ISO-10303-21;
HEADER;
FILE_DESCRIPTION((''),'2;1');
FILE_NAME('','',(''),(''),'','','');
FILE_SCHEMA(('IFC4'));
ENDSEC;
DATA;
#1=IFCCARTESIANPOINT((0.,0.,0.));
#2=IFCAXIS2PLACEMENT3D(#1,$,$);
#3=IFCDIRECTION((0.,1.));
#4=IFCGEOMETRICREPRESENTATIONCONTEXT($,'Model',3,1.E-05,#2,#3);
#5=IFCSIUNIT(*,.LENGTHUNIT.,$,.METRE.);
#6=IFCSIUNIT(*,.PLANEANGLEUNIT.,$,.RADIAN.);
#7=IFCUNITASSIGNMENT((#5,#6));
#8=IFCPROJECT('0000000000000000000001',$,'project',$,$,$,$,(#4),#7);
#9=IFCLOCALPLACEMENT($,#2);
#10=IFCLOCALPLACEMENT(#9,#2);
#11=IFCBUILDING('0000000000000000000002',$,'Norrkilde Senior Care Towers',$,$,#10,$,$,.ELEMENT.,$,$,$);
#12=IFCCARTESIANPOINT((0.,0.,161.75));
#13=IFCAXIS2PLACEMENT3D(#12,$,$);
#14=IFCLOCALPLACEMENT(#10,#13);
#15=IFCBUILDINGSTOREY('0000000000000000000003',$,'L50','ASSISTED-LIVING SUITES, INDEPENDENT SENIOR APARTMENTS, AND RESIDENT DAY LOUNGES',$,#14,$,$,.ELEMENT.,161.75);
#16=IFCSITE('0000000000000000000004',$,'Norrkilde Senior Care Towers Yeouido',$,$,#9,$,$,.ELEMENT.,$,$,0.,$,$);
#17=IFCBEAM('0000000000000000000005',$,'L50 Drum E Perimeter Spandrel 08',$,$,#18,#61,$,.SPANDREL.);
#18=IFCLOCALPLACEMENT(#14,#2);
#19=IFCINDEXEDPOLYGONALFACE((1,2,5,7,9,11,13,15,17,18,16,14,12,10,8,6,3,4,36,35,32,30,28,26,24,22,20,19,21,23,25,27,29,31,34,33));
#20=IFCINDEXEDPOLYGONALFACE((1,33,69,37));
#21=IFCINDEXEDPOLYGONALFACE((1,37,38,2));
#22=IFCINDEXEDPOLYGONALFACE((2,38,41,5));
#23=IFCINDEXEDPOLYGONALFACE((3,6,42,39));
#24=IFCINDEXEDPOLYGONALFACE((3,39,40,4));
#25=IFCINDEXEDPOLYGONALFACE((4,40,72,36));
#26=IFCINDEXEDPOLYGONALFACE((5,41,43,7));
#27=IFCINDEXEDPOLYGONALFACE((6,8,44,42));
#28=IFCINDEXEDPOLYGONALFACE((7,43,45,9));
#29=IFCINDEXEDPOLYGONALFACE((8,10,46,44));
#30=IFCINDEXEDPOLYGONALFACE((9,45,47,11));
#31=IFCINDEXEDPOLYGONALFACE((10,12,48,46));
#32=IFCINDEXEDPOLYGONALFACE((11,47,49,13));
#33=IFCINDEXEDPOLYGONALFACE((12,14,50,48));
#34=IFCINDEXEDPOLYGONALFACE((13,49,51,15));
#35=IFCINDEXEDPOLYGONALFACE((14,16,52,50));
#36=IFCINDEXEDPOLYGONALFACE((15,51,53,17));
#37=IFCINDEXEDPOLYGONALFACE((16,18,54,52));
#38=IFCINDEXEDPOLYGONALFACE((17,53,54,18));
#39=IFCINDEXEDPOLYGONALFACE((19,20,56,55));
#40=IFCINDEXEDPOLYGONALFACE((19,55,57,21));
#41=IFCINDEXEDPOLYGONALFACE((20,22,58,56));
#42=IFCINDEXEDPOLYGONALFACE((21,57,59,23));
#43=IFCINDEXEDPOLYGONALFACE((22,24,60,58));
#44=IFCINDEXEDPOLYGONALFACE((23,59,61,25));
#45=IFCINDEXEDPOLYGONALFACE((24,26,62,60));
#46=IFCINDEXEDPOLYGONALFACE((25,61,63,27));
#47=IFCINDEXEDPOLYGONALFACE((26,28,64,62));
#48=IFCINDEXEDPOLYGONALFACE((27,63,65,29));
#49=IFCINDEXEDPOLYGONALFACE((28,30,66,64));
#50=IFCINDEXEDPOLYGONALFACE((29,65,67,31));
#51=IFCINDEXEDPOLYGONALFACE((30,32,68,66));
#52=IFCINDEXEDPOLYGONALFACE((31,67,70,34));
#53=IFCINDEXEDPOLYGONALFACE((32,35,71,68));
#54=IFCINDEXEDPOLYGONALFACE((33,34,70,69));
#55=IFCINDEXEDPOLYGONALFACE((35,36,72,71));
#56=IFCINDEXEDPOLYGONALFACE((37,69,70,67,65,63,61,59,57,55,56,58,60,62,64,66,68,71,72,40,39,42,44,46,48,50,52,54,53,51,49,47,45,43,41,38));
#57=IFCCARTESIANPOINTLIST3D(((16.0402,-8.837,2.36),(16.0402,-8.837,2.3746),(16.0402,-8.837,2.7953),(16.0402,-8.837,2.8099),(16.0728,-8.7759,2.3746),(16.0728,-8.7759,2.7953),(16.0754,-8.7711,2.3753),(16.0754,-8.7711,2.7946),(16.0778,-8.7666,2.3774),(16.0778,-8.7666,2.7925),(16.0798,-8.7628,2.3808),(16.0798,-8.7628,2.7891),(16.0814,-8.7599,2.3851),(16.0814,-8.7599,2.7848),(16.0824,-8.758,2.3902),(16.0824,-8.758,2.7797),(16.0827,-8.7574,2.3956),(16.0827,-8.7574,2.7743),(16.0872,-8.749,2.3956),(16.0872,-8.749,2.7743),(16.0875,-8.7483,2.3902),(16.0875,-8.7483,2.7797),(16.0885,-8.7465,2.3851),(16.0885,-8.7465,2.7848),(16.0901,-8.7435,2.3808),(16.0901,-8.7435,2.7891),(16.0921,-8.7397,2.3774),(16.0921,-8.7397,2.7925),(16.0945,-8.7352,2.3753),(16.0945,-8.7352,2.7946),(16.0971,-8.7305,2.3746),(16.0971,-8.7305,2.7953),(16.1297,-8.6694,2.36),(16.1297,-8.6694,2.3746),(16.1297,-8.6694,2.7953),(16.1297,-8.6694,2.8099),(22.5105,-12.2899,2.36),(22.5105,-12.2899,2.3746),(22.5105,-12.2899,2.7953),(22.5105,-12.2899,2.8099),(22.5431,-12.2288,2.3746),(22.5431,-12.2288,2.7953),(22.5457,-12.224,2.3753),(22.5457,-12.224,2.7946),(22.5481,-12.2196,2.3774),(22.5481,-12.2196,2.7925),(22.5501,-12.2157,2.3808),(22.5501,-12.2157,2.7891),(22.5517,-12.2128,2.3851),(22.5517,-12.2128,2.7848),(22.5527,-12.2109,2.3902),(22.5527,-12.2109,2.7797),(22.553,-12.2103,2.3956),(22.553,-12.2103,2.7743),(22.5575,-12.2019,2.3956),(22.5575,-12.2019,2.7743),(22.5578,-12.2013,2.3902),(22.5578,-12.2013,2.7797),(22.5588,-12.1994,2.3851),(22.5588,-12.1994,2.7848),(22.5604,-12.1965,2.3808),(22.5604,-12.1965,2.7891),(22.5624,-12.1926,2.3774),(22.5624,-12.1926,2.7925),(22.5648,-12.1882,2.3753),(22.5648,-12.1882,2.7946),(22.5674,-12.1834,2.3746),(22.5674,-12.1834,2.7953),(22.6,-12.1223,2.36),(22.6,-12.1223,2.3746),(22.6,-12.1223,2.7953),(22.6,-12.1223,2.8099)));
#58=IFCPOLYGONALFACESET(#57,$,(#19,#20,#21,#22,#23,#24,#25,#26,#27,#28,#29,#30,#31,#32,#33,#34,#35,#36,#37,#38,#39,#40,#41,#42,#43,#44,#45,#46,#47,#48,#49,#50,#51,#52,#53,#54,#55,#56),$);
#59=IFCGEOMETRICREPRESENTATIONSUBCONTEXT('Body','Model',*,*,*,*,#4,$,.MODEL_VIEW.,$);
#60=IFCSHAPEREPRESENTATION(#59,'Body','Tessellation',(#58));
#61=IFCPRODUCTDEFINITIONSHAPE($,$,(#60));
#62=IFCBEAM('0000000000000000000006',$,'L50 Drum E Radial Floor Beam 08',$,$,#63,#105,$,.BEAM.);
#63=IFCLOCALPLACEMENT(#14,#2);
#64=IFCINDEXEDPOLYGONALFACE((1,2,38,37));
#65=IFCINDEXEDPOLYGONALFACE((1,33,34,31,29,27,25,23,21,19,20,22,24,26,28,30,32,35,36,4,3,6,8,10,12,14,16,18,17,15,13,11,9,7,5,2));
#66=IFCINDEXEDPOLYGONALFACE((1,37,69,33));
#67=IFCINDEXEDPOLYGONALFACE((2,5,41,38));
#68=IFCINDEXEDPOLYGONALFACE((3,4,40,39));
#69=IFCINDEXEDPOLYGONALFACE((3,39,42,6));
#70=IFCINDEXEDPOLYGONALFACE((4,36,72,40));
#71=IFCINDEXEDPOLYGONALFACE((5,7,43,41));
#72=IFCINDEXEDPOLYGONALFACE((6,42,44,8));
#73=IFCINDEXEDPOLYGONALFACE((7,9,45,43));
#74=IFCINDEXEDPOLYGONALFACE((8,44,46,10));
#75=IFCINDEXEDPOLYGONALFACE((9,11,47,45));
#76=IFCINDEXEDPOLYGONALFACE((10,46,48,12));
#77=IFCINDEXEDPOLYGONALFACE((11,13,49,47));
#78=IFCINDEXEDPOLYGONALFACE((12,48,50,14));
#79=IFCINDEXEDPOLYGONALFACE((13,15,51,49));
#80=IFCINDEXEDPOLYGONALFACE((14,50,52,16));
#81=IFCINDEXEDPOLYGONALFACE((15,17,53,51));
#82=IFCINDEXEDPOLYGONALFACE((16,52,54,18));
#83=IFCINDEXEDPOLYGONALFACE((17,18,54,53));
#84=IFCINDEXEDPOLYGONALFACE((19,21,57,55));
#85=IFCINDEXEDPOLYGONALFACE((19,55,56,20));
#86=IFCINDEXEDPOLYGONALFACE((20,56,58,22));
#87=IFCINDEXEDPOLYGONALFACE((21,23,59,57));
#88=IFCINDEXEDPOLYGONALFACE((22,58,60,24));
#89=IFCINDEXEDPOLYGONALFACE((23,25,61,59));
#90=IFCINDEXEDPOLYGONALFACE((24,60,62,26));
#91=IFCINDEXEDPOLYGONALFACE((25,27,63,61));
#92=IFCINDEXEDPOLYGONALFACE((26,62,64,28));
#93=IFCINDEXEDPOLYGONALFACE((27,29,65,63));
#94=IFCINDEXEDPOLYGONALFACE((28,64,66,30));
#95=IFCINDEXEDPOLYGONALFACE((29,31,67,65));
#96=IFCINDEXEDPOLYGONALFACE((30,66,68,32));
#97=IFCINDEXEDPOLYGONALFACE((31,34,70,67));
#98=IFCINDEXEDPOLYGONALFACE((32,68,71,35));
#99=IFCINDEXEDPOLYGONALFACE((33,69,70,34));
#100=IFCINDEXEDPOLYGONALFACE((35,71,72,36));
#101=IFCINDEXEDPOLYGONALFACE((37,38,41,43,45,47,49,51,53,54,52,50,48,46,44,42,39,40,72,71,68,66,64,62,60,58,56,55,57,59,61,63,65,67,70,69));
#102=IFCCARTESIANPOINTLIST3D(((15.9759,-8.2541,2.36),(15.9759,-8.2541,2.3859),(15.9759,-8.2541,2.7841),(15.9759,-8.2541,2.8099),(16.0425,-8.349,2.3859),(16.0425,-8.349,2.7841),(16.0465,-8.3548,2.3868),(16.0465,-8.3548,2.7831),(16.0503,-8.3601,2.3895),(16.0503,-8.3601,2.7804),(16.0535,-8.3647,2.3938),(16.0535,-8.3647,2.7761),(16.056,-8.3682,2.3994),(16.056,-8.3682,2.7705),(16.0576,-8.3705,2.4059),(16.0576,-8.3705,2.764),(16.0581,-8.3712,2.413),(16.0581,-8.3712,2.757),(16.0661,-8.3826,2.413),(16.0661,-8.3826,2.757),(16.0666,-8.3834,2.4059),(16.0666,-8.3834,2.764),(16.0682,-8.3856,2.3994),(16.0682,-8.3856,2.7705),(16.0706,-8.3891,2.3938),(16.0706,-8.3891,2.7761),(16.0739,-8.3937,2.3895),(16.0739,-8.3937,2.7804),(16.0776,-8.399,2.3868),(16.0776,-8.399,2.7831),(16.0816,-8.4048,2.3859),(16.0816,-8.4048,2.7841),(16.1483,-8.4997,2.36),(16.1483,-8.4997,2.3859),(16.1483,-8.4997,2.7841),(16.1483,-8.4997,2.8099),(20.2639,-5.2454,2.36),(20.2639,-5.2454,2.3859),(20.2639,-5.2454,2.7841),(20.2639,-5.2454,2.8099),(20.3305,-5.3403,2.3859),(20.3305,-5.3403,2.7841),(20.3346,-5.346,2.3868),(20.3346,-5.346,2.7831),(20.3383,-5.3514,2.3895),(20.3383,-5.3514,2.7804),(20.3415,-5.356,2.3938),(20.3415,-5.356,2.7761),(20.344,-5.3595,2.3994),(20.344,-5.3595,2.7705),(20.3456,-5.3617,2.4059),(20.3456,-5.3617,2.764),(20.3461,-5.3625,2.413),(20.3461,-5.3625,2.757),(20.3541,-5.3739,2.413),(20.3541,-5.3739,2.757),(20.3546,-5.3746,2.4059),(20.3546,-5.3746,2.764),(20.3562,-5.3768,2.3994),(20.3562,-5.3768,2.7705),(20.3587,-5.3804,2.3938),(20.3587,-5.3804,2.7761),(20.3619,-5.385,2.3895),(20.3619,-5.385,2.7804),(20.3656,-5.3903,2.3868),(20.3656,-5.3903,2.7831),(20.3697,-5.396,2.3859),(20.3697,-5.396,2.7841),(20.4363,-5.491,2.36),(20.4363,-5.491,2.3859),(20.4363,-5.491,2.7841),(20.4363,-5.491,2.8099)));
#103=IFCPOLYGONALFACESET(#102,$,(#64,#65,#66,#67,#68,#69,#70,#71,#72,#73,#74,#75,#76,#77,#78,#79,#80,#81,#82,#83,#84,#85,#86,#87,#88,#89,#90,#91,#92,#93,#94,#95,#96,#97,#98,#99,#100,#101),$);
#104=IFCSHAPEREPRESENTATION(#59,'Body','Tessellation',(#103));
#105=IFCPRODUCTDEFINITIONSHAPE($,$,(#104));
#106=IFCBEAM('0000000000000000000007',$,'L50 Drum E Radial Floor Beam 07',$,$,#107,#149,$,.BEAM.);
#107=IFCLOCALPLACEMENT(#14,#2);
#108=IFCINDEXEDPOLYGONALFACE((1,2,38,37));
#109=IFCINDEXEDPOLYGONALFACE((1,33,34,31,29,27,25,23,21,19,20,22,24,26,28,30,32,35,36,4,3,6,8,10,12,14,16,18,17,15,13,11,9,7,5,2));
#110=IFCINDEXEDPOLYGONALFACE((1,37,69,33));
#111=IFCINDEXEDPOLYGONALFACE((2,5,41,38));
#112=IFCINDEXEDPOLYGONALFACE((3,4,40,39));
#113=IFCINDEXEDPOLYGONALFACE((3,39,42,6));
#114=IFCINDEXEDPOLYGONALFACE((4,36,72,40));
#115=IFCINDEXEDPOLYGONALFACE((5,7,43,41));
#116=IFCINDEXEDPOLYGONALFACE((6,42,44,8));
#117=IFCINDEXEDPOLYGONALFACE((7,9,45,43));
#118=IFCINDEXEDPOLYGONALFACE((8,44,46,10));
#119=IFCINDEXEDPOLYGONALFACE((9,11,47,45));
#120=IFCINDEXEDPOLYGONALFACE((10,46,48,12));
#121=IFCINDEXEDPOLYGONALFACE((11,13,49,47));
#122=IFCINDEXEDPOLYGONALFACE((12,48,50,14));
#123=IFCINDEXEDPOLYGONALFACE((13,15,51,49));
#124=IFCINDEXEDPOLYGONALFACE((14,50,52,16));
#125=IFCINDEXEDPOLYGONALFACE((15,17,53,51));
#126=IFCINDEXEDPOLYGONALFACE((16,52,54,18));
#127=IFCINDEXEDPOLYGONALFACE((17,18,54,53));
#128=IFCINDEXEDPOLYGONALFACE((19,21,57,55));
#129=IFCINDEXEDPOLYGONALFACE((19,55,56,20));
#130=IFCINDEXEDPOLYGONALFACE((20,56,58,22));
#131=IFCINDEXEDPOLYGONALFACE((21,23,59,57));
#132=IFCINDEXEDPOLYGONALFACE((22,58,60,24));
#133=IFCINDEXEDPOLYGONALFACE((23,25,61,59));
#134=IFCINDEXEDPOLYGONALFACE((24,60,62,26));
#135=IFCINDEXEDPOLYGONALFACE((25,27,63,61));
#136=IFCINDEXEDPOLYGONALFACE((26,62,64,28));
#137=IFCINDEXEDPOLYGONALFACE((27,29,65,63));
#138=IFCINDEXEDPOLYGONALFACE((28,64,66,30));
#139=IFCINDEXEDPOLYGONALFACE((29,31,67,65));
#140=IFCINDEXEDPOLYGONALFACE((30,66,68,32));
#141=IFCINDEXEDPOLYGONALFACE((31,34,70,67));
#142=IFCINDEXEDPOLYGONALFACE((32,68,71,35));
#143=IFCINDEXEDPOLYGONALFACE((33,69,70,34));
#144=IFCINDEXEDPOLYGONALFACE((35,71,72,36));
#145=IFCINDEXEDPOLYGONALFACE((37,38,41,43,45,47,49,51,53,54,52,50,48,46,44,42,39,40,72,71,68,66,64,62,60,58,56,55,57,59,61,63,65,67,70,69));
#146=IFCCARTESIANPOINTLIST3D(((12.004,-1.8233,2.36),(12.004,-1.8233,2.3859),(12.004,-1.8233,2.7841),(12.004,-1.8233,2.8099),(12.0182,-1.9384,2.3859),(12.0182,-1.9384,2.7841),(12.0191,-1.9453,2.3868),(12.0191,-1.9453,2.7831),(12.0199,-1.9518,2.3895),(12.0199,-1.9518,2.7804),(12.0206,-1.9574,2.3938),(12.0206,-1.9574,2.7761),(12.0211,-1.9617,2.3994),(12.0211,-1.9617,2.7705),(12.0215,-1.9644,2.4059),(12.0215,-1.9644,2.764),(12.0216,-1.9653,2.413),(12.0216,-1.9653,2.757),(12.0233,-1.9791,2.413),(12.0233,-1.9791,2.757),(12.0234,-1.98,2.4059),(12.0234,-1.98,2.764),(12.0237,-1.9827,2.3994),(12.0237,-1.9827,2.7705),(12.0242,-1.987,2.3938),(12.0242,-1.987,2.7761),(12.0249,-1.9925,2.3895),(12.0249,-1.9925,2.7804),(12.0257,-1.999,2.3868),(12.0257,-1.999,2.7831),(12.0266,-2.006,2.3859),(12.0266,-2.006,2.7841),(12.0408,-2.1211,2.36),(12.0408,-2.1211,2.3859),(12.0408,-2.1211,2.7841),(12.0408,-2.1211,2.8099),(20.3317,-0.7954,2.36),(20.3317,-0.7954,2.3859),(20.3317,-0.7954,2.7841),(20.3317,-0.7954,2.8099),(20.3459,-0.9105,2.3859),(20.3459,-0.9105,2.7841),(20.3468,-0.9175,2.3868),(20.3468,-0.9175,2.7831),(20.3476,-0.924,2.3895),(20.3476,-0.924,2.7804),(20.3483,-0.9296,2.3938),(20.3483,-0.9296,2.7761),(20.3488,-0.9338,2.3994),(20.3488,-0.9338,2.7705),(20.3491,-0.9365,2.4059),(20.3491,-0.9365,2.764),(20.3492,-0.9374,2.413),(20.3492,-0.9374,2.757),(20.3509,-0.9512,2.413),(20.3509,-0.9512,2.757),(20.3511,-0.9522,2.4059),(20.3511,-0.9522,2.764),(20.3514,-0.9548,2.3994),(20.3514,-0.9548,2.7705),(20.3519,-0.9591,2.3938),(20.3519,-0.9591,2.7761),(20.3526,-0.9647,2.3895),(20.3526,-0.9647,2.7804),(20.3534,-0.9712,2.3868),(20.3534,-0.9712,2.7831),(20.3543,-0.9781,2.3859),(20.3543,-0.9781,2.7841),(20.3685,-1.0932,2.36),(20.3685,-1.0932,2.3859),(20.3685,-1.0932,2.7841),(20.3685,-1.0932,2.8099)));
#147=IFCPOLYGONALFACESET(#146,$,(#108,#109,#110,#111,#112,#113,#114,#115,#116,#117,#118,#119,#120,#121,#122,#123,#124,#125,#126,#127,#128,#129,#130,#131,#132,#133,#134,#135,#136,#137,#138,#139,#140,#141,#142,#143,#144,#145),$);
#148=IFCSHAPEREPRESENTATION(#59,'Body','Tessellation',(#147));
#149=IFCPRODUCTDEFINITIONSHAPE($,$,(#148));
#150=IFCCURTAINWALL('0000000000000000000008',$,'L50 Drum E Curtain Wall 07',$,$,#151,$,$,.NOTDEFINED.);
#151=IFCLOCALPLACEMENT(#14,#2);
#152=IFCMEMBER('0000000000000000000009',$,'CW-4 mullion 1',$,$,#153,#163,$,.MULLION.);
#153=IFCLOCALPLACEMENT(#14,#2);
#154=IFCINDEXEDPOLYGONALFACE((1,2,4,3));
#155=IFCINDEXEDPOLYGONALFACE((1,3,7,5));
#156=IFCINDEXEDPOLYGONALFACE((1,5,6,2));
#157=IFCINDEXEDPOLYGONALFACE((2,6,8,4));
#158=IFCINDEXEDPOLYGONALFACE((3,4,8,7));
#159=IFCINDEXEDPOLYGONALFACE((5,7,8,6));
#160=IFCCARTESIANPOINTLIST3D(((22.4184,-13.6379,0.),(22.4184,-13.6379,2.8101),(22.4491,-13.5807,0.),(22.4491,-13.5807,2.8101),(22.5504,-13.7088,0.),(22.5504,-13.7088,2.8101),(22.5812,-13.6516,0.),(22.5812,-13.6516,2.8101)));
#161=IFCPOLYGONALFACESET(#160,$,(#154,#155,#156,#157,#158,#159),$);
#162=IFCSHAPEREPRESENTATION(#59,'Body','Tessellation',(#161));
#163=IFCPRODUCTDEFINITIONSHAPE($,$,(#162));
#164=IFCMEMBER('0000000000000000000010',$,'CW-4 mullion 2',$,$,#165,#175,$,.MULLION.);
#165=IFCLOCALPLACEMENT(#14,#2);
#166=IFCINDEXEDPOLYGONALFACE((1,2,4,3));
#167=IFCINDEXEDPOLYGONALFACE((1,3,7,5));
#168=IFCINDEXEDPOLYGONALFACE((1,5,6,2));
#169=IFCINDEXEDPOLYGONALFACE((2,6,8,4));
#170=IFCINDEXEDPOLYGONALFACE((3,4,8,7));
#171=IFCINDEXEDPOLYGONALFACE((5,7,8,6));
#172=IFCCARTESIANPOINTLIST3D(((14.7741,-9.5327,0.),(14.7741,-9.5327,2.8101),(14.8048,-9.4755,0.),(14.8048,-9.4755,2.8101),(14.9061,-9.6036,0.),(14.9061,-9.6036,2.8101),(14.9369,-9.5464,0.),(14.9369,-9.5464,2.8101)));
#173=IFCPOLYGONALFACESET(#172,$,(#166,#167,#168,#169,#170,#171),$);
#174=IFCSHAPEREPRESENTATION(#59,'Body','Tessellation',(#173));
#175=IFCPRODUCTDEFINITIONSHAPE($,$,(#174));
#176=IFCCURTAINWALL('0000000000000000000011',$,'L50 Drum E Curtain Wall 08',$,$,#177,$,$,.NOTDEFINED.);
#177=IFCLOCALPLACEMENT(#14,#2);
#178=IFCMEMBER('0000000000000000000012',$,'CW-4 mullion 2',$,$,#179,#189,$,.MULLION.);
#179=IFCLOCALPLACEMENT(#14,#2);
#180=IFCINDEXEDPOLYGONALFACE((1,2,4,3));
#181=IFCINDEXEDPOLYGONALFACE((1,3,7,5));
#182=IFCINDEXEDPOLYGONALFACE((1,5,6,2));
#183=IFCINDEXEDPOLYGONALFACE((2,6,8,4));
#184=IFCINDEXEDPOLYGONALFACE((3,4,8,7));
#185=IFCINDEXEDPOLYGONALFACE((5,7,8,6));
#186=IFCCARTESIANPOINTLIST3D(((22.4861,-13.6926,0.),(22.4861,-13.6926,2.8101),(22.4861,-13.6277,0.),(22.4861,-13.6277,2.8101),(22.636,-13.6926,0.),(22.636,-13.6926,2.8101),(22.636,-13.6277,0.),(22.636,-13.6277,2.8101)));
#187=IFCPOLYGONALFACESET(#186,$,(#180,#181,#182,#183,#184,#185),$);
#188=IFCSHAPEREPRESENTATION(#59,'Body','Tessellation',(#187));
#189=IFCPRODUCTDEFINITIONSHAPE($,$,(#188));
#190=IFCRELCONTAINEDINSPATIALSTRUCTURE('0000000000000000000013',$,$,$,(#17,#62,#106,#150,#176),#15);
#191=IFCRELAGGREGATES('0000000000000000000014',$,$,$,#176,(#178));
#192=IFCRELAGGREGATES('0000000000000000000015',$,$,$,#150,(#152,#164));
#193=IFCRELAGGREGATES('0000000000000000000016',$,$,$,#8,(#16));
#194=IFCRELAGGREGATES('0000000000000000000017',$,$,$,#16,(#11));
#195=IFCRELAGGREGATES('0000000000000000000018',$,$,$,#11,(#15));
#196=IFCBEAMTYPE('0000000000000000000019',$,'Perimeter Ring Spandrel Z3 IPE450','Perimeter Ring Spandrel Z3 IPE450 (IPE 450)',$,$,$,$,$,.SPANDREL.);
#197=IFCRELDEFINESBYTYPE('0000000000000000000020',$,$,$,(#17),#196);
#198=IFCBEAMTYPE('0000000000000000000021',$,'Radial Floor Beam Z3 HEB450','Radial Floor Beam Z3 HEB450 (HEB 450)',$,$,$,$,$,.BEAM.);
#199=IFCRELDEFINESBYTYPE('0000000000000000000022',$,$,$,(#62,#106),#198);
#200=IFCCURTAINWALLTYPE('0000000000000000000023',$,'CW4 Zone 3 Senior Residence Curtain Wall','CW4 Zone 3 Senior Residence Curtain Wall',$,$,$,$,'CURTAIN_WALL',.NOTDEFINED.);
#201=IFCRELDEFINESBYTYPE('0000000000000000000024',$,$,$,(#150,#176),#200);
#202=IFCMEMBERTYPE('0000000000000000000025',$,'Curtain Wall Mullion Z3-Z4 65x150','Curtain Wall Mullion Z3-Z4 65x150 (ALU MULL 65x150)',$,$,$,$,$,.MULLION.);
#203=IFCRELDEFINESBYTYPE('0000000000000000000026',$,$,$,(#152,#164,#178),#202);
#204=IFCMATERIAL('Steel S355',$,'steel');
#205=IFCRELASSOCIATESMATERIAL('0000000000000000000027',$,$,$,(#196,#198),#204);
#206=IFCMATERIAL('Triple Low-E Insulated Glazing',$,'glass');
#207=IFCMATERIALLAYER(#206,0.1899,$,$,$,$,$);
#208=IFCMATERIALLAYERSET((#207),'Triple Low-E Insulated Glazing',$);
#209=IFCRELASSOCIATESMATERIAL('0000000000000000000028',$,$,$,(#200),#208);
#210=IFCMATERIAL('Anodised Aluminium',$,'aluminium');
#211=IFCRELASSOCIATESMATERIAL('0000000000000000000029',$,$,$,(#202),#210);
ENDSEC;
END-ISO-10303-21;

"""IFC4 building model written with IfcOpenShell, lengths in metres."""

from ifc_helpers import new_model, si_unit, direction, frame, origin, origin_2d, place, context, subcontext, project, spatial, rectangle, i_section, extrude, source, transform, mapped, material, layer, layer_set, material_profile, profile_set, type_object, type_shapes, element, aggregate, save


model = new_model("IFC4")

# Units and contexts
model_context = context("Model", 3, precision=1e-05, world=origin(), true_north=direction((0.0, 1.0)))
body_context = subcontext(model_context, "Body", "Model", "MODEL_VIEW")
ifc_project = project(units=[si_unit("LENGTHUNIT", "METRE"), si_unit("PLANEANGLEUNIT", "RADIAN")], contexts=[model_context])

# Site, building, storey
site_placement = place(None, origin())
site = spatial("IfcSite", under=ifc_project, at=site_placement, Name="Norrkilde Senior Care Towers Yeouido", CompositionType="ELEMENT", RefElevation=0.0)
building_placement = place(site_placement, origin())
building = spatial("IfcBuilding", under=site, at=building_placement, Name="Norrkilde Senior Care Towers", CompositionType="ELEMENT")
storey_placement = place(building_placement, frame((0.0, 0.0, 161.75)))
storey = spatial("IfcBuildingStorey", under=building, at=storey_placement, Name="L50", Description="ASSISTED-LIVING SUITES, INDEPENDENT SENIOR APARTMENTS, AND RESIDENT DAY LOUNGES", CompositionType="ELEMENT", Elevation=161.75)

# Beams
ifc_material_1 = material(Name="Steel S355", Category="steel")
ifc_material_profile_1 = material_profile(ifc_material_1, i_section(OverallWidth=0.1899, OverallDepth=0.45, WebThickness=0.0095, FlangeThickness=0.0146, FilletRadius=0.021, at=origin_2d()), Name="IPE 450")
ifc_profile_set_1 = profile_set([ifc_material_profile_1], Name="Steel S355")
beam_type_1 = type_object("IfcBeamType", Name="Perimeter Ring Spandrel Z3 IPE450", Description="Perimeter Ring Spandrel Z3 IPE450 (IPE 450)", PredefinedType="SPANDREL", material=ifc_profile_set_1)
shared_shape_1 = source(origin(), body_context, "Body", "SweptSolid", [
    extrude(i_section(OverallWidth=0.1899, OverallDepth=0.45, WebThickness=0.0095, FlangeThickness=0.0146, FilletRadius=0.021, at=origin_2d()), origin(), (0.0, 0.0, 1.0), 7.334),
])
beam_1_placement = place(storey_placement, frame((16.085, -8.7532, 2.585), z_axis=(0.882234, -0.470811, 0.0), x_axis=(0.470811, 0.882234, 0.0)))
element("IfcBeam", 1, at=beam_1_placement, inside=storey, type_object=beam_type_1, Name="L50 Drum E Perimeter Spandrel 08", PredefinedType="SPANDREL", context=body_context, shape_type="MappedRepresentation", body=[
    mapped(shared_shape_1, transform((0.0, 0.0, 0.0), x_axis=(1.0, 0.0, 0.0), y_axis=(0.0, 1.0, 0.0), z_axis=(0.0, 0.0, 1.0), scale=1.0)),
])
ifc_material_profile_2 = material_profile(ifc_material_1, i_section(OverallWidth=0.3, OverallDepth=0.45, WebThickness=0.0139, FlangeThickness=0.0259, FilletRadius=0.0271, at=origin_2d()), Name="HEB 450")
ifc_profile_set_2 = profile_set([ifc_material_profile_2], Name="Steel S355")
beam_type_2 = type_object("IfcBeamType", Name="Radial Floor Beam Z3 HEB450", Description="Radial Floor Beam Z3 HEB450 (HEB 450)", PredefinedType="BEAM", material=ifc_profile_set_2)
shared_shape_2 = source(origin(), body_context, "Body", "SweptSolid", [
    extrude(i_section(OverallWidth=0.3, OverallDepth=0.45, WebThickness=0.0139, FlangeThickness=0.0259, FilletRadius=0.0271, at=origin_2d()), origin(), (0.0, 0.0, 1.0), 5.2383),
])
beam_2_placement = place(storey_placement, frame((20.3501, -5.3682, 2.585), z_axis=(-0.818592, -0.574375, 0.0), x_axis=(0.574375, -0.818592, 0.0)))
element("IfcBeam", 2, at=beam_2_placement, inside=storey, type_object=beam_type_2, Name="L50 Drum E Radial Floor Beam 08", PredefinedType="BEAM", context=body_context, shape_type="MappedRepresentation", body=[
    mapped(shared_shape_2, transform((0.0, 0.0, 0.0), x_axis=(1.0, 0.0, 0.0), y_axis=(0.0, 1.0, 0.0), z_axis=(0.0, 0.0, 1.0), scale=1.0)),
])
shared_shape_3 = source(origin(), body_context, "Body", "SweptSolid", [
    extrude(i_section(OverallWidth=0.3, OverallDepth=0.45, WebThickness=0.0139, FlangeThickness=0.0259, FilletRadius=0.0271, at=origin_2d()), origin(), (0.0, 0.0, 1.0), 8.3909),
])
type_shapes(beam_type_2, [shared_shape_2, shared_shape_3])
beam_3_placement = place(storey_placement, frame((20.3501, -0.9443, 2.585), z_axis=(-0.992469, -0.122495, 0.0), x_axis=(0.122495, -0.992469, 0.0)))
element("IfcBeam", 3, at=beam_3_placement, inside=storey, type_object=beam_type_2, Name="L50 Drum E Radial Floor Beam 07", PredefinedType="BEAM", context=body_context, shape_type="MappedRepresentation", body=[
    mapped(shared_shape_3, transform((0.0, 0.0, 0.0), x_axis=(1.0, 0.0, 0.0), y_axis=(0.0, 1.0, 0.0), z_axis=(0.0, 0.0, 1.0), scale=1.0)),
])

# Curtain wall, members
ifc_material_2 = material(Name="Triple Low-E Insulated Glazing", Category="glass")
ifc_layer_1 = layer(ifc_material_2, 0.1899)
ifc_layer_set_1 = layer_set([ifc_layer_1], Name="Triple Low-E Insulated Glazing")
curtain_wall_type = type_object("IfcCurtainWallType", Name="CW4 Zone 3 Senior Residence Curtain Wall", Description="CW4 Zone 3 Senior Residence Curtain Wall", ElementType="CURTAIN_WALL", PredefinedType="NOTDEFINED", material=ifc_layer_set_1)
curtain_wall_1_placement = place(storey_placement, origin())
curtain_wall_1 = element("IfcCurtainWall", 4, at=curtain_wall_1_placement, inside=storey, type_object=curtain_wall_type, Name="L50 Drum E Curtain Wall 07", PredefinedType="NOTDEFINED")
ifc_material_3 = material(Name="Anodised Aluminium", Category="aluminium")
ifc_material_profile_3 = material_profile(ifc_material_3, rectangle(XDim=0.0649, YDim=0.1499, at=origin_2d()), Name="ALU MULL 65x150")
ifc_profile_set_3 = profile_set([ifc_material_profile_3], Name="Anodised Aluminium")
member_type_1 = type_object("IfcMemberType", Name="Curtain Wall Mullion Z3-Z4 65x150", Description="Curtain Wall Mullion Z3-Z4 65x150 (ALU MULL 65x150)", PredefinedType="MULLION", material=ifc_profile_set_3)
shared_shape_4 = source(origin(), body_context, "Body", "SweptSolid", [
    extrude(rectangle(XDim=0.0649, YDim=0.1499, at=origin_2d()), origin(), (0.0, 0.0, 1.0), 2.8101),
])
type_shapes(member_type_1, [shared_shape_4])
member_1_placement = place(storey_placement, frame((22.4998, -13.6448, 0.0), z_axis=(0.0, 0.0, 1.0), x_axis=(-0.473117, -0.881, 0.0)))
member_1 = element("IfcMember", 5, at=member_1_placement, type_object=member_type_1, Name="CW-4 mullion 1", PredefinedType="MULLION", context=body_context, shape_type="MappedRepresentation", body=[
    mapped(shared_shape_4, transform((0.0, 0.0, 0.0), x_axis=(1.0, 0.0, 0.0), y_axis=(0.0, 1.0, 0.0), z_axis=(0.0, 0.0, 1.0), scale=1.0)),
])
member_2_placement = place(storey_placement, frame((14.8555, -9.5396, 0.0), z_axis=(0.0, 0.0, 1.0), x_axis=(-0.473117, -0.881, 0.0)))
member_2 = element("IfcMember", 6, at=member_2_placement, type_object=member_type_1, Name="CW-4 mullion 2", PredefinedType="MULLION", context=body_context, shape_type="MappedRepresentation", body=[
    mapped(shared_shape_4, transform((0.0, 0.0, 0.0), x_axis=(1.0, 0.0, 0.0), y_axis=(0.0, 1.0, 0.0), z_axis=(0.0, 0.0, 1.0), scale=1.0)),
])

# Curtain wall, member
curtain_wall_2_placement = place(storey_placement, origin())
curtain_wall_2 = element("IfcCurtainWall", 7, at=curtain_wall_2_placement, inside=storey, type_object=curtain_wall_type, Name="L50 Drum E Curtain Wall 08", PredefinedType="NOTDEFINED")
member_3_placement = place(storey_placement, frame((22.561, -13.6602, 0.0), z_axis=(0.0, 0.0, 1.0), x_axis=(0.0, -1.0, 0.0)))
member_3 = element("IfcMember", 8, at=member_3_placement, type_object=member_type_1, Name="CW-4 mullion 2", PredefinedType="MULLION", context=body_context, shape_type="MappedRepresentation", body=[
    mapped(shared_shape_4, transform((0.0, 0.0, 0.0), x_axis=(1.0, 0.0, 0.0), y_axis=(0.0, 1.0, 0.0), z_axis=(0.0, 0.0, 1.0), scale=1.0)),
])
aggregate(curtain_wall_2, [member_3])

aggregate(curtain_wall_1, [member_1, member_2])

save(model, "model.ifc")
